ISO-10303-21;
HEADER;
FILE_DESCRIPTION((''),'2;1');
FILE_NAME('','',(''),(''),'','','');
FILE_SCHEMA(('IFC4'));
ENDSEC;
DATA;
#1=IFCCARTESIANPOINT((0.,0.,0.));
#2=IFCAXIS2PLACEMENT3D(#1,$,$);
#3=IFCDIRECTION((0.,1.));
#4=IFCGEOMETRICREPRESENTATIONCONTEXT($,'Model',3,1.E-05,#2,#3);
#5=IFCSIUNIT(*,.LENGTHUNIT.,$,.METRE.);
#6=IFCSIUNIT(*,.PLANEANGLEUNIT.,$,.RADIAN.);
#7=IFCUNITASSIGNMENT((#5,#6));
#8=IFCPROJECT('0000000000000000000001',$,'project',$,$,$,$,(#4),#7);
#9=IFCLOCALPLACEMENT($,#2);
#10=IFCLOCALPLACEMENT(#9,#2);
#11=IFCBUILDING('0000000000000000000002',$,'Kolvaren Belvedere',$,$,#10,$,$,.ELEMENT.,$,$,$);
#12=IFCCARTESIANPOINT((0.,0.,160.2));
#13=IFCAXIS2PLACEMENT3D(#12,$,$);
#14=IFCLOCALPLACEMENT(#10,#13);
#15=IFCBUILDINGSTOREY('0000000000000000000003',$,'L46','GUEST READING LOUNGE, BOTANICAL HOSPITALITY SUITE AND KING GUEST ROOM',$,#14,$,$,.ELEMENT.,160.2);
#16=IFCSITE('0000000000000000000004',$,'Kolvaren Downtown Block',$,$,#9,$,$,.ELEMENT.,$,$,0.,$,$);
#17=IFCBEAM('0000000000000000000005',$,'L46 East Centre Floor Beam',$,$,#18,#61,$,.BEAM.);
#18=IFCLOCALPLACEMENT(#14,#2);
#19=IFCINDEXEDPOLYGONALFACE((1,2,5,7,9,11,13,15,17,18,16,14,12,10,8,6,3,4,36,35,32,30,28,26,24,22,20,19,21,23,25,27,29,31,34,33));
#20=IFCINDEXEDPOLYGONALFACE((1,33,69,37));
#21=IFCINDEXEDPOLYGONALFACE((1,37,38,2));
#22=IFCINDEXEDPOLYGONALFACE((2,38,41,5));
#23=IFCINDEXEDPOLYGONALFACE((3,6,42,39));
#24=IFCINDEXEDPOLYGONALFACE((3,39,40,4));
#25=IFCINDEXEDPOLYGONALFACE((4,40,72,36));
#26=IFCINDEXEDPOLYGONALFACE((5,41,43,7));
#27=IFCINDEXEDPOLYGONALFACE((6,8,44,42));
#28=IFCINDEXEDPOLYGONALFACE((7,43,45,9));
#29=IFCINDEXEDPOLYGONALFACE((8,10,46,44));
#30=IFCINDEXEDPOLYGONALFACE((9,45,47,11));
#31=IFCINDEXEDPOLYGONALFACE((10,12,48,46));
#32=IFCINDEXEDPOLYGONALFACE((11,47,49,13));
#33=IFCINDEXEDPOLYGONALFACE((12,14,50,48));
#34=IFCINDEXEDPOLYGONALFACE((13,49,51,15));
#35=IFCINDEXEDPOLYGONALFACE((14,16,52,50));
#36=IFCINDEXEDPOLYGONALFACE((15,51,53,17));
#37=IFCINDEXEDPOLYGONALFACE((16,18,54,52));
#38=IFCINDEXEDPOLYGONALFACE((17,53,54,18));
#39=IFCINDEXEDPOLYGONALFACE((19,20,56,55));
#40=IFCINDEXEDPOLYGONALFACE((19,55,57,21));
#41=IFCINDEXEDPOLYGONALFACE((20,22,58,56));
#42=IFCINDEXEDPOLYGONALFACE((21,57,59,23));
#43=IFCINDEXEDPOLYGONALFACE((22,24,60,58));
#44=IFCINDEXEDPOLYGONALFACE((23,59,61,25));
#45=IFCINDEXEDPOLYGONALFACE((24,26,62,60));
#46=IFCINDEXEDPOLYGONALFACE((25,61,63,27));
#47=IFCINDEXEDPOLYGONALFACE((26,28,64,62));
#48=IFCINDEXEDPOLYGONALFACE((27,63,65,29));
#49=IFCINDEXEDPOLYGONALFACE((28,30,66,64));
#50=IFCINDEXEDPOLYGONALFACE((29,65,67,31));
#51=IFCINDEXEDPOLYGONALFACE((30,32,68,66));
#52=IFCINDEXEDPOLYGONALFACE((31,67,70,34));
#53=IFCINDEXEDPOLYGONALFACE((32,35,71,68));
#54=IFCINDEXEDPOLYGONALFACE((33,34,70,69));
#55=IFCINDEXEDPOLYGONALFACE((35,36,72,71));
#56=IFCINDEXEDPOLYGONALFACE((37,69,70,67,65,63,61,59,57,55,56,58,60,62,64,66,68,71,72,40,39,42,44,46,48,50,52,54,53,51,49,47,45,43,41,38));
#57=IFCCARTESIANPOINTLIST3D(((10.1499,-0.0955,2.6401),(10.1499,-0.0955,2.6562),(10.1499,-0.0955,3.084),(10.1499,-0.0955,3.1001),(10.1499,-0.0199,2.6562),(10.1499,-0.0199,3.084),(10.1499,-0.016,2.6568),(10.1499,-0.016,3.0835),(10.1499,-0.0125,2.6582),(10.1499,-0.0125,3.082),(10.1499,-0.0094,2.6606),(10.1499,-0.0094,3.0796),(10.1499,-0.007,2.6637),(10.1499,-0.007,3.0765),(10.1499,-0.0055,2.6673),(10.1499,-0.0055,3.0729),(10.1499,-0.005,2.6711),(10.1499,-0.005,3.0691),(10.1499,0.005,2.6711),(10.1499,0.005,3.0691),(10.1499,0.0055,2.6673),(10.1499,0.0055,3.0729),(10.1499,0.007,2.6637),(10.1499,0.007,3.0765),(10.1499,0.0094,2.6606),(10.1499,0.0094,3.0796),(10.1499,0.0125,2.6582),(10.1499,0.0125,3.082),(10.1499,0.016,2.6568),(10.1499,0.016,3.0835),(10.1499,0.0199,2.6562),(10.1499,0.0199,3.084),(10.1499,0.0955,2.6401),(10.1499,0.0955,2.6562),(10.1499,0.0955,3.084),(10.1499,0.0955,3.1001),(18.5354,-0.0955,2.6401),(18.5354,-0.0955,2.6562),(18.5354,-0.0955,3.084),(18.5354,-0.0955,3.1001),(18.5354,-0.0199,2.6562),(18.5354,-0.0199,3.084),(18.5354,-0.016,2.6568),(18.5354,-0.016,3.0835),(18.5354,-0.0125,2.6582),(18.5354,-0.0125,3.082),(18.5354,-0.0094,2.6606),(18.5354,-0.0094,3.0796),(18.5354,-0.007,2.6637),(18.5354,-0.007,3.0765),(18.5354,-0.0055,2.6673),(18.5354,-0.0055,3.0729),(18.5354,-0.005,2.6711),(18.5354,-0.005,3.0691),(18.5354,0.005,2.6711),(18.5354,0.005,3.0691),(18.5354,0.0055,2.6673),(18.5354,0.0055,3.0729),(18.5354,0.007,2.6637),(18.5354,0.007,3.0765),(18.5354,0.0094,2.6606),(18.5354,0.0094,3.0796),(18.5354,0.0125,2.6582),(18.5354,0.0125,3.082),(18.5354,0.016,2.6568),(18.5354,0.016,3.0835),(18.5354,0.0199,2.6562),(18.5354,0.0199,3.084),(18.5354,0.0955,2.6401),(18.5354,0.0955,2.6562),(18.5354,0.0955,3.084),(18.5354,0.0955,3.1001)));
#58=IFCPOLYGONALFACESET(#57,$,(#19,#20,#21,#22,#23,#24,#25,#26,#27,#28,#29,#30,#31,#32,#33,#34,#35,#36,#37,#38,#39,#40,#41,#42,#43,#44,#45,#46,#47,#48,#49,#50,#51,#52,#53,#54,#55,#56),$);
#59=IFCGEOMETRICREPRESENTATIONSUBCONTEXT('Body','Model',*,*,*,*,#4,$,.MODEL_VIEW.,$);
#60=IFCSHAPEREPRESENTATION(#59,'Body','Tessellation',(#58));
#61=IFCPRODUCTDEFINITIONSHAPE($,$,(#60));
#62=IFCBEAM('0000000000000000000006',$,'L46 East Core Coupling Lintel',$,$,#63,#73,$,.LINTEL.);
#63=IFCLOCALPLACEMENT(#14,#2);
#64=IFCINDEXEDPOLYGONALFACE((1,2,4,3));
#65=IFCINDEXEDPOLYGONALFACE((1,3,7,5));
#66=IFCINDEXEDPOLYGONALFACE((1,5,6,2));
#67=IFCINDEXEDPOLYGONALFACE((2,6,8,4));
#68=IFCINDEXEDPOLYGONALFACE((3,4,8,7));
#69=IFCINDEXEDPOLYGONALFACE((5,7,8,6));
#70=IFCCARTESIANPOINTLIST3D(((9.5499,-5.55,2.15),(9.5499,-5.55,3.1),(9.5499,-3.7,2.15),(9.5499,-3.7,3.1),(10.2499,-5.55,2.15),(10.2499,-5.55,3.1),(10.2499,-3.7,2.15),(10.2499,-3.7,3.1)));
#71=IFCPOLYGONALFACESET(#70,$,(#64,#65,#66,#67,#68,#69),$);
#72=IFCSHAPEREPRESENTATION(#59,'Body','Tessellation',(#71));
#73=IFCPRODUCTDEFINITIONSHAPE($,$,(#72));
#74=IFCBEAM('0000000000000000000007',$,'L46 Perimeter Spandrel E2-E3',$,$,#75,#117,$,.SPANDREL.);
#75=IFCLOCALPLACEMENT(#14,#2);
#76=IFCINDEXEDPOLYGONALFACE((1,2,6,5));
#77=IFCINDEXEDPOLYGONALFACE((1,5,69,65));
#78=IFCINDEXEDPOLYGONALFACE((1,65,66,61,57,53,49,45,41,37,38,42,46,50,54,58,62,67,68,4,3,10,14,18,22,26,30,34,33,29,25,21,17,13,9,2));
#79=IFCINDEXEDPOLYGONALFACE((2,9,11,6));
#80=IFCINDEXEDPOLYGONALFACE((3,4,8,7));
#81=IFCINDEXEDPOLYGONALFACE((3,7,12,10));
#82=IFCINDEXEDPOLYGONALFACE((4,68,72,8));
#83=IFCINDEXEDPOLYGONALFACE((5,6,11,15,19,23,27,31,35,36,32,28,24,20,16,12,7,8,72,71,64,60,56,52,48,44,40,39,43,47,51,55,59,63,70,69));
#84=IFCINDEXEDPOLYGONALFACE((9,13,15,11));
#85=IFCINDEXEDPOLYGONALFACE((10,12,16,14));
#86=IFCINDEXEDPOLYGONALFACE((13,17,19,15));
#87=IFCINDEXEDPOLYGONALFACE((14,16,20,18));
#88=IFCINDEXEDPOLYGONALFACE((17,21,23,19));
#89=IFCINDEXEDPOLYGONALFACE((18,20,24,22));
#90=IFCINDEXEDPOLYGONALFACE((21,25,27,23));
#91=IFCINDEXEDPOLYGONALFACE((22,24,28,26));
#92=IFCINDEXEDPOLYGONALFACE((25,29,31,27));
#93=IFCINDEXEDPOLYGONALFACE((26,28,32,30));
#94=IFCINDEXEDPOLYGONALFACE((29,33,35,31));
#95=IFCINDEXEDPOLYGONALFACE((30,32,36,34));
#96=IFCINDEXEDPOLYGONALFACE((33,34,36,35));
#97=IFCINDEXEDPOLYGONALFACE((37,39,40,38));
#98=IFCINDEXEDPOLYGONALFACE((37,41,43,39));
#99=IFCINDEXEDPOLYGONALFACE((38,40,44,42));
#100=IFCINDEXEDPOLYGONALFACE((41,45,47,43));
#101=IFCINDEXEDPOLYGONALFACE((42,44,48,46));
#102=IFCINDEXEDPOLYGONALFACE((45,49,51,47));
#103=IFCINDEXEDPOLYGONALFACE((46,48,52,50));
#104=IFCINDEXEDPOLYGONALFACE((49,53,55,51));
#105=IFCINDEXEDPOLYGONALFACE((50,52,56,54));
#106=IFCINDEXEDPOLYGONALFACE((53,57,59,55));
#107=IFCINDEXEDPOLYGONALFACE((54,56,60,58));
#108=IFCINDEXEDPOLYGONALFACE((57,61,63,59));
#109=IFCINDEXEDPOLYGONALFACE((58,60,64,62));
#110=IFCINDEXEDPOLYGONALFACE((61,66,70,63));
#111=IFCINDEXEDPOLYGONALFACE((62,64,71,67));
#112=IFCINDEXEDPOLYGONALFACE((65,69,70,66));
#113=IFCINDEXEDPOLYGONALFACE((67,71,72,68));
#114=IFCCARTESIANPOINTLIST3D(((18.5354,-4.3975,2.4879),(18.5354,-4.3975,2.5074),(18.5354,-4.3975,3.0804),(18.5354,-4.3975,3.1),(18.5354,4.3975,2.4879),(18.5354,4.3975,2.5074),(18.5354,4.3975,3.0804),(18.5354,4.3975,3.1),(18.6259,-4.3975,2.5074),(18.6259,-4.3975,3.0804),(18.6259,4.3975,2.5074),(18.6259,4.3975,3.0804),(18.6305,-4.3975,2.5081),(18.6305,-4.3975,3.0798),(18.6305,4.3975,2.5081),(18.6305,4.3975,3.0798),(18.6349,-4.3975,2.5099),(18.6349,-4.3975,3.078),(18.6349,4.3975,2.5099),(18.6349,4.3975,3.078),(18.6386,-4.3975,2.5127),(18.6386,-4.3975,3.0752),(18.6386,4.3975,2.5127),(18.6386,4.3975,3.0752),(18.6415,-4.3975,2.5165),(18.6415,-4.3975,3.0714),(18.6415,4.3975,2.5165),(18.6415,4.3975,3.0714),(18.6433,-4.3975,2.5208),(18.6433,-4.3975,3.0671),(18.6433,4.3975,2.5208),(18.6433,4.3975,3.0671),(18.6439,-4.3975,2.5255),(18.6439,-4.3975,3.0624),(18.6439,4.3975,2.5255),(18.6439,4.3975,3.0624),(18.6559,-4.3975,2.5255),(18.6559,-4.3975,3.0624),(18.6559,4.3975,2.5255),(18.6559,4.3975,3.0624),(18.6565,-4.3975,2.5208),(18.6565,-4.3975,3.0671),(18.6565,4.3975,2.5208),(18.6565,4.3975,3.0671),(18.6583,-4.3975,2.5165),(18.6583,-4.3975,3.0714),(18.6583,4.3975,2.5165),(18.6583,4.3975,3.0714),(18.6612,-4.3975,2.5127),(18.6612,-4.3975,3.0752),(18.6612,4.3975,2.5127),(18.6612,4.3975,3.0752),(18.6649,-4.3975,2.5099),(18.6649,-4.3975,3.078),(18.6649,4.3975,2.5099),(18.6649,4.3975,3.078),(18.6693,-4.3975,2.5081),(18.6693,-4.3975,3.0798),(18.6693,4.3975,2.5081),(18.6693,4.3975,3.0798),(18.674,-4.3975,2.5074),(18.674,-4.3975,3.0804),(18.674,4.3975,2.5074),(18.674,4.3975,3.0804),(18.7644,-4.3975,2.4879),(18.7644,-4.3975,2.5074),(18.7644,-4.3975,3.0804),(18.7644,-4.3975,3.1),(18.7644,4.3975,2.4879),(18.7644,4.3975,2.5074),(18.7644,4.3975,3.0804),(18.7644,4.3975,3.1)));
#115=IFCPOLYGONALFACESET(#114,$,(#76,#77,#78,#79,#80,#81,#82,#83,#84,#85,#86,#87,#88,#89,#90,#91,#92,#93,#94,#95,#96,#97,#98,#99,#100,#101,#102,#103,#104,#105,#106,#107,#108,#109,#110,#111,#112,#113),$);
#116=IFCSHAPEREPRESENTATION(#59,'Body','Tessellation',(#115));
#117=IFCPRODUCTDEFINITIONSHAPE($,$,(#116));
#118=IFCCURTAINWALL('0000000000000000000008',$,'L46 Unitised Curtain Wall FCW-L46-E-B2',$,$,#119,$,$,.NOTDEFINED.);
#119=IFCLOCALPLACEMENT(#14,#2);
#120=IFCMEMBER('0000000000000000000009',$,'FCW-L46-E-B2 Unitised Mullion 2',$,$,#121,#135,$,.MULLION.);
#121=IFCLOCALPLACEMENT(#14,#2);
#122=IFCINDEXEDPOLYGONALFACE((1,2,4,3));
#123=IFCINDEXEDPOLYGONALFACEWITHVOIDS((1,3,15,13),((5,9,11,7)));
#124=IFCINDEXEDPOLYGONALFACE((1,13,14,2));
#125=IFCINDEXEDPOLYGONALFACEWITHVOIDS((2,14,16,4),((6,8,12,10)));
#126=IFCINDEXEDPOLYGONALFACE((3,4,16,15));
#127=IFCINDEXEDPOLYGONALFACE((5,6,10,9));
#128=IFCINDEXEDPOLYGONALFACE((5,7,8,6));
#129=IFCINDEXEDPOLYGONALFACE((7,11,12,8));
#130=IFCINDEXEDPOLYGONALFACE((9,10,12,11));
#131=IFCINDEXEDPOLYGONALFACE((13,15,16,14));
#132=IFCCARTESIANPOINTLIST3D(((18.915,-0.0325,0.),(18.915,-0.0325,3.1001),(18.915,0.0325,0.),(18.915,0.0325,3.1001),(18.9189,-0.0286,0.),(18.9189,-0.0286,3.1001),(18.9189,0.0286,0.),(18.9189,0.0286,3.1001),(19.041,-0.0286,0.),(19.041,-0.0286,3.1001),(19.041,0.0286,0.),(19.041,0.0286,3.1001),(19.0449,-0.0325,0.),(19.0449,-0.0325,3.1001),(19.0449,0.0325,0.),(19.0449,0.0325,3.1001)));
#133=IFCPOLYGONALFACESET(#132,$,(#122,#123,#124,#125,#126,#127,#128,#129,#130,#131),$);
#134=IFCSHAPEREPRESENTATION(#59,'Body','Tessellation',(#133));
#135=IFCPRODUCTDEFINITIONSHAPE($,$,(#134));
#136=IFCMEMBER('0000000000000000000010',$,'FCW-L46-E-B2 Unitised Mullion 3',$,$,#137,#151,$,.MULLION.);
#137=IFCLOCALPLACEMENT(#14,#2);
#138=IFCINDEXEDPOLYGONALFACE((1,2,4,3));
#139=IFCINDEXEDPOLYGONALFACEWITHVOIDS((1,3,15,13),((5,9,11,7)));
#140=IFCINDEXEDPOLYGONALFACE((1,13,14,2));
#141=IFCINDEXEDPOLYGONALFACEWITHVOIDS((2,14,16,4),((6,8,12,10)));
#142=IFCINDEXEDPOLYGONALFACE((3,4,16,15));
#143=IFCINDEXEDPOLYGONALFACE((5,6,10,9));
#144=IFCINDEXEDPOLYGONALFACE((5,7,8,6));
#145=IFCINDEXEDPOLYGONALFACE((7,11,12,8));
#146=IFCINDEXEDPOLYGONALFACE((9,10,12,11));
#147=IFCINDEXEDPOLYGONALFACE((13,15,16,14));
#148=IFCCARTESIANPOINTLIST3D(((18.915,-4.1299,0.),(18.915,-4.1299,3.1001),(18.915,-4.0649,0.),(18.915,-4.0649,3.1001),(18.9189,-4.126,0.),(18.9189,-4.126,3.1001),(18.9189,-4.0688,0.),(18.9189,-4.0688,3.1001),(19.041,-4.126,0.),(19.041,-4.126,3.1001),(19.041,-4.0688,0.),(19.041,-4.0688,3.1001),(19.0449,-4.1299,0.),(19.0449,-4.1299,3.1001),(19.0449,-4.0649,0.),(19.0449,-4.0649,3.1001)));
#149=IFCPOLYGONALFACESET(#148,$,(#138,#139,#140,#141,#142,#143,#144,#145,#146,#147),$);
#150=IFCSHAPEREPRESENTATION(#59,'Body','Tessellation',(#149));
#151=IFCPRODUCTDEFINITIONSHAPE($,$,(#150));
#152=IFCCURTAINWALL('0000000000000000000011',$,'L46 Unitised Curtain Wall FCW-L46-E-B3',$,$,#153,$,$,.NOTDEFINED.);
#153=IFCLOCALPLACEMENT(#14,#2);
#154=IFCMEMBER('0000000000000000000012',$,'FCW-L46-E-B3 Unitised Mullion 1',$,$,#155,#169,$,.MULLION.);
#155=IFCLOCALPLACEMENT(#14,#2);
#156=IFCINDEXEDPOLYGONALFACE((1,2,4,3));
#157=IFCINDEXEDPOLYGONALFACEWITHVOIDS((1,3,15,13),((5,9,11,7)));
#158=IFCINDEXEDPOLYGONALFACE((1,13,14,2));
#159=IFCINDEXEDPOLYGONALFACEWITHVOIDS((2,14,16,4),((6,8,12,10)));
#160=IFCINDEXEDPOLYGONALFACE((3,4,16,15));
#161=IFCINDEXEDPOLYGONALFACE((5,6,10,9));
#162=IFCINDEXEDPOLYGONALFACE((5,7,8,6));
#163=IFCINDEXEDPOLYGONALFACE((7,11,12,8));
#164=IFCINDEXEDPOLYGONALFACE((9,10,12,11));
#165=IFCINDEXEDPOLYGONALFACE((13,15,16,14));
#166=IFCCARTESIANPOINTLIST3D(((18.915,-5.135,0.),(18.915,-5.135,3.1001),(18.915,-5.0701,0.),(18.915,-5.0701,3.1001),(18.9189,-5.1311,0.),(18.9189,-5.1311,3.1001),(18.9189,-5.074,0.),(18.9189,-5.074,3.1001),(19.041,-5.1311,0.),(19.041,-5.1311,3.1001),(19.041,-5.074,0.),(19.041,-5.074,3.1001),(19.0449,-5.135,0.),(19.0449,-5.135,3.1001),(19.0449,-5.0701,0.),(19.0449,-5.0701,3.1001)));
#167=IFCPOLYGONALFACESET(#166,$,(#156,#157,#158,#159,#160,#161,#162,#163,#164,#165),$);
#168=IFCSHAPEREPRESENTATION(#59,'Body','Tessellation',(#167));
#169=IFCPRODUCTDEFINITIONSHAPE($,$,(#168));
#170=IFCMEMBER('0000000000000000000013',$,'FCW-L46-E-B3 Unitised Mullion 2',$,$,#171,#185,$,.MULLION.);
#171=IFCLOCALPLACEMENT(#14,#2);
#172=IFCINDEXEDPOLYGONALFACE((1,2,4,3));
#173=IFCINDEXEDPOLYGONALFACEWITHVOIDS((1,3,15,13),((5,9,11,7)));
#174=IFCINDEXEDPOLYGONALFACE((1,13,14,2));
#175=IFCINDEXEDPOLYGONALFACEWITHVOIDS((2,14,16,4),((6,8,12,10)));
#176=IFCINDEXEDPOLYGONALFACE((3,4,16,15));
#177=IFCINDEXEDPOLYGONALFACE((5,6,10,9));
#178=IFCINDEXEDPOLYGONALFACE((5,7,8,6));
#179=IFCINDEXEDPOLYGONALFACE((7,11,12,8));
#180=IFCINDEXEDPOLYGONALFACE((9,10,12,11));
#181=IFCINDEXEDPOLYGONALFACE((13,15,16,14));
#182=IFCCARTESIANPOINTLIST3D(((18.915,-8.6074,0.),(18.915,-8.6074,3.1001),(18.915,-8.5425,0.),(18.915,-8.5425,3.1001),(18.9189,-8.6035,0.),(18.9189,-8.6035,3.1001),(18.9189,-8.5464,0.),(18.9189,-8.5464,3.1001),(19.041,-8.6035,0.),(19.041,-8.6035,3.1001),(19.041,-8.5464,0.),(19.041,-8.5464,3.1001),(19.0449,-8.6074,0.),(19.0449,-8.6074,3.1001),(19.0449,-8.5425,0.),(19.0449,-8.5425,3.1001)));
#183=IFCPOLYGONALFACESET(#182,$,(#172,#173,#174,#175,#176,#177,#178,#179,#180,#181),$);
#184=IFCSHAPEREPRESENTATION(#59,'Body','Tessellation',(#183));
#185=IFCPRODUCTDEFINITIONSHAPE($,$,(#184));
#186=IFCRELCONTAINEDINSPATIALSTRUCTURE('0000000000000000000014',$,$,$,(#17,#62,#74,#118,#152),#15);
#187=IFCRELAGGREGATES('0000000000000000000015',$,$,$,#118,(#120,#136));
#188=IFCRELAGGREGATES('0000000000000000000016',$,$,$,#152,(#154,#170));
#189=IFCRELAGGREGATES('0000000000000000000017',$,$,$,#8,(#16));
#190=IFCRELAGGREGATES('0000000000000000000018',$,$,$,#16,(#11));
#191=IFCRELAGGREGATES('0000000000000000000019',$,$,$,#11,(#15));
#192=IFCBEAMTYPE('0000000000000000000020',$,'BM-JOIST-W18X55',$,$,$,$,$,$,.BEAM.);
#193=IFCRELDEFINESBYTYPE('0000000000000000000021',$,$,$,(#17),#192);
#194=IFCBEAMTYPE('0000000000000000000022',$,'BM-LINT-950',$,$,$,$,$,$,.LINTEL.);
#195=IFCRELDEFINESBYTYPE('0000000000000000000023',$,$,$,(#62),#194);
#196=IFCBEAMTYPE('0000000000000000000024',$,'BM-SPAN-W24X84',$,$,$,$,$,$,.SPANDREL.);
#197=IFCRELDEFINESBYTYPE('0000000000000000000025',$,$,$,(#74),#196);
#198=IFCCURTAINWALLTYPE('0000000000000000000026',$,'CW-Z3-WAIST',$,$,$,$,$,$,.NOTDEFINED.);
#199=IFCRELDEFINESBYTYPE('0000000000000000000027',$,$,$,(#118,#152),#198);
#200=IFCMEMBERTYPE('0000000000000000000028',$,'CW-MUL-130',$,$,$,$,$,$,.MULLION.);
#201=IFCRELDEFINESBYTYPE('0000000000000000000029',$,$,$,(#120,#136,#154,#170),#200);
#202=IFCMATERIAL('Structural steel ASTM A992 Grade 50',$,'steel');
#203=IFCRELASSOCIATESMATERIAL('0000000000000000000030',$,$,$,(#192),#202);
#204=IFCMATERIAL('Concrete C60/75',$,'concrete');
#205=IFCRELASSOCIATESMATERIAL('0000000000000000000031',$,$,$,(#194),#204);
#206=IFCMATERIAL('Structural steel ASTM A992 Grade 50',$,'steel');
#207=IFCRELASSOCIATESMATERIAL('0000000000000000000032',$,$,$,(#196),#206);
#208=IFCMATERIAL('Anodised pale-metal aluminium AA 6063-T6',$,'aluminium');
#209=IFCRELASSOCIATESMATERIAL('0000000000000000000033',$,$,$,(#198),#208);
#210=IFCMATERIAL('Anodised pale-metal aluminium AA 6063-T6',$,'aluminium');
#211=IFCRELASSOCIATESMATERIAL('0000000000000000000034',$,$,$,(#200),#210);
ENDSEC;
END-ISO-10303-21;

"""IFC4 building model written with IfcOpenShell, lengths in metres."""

from ifc_helpers import new_model, si_unit, direction, frame, origin, origin_2d, place, context, subcontext, project, spatial, rectangle, hollow_rectangle, i_section, extrude, material, material_profile, profile_set, type_object, element, aggregate, save


model = new_model("IFC4")

# Units and contexts
model_context = context("Model", 3, precision=1e-05, world=origin(), true_north=direction((0.0, 1.0)))
body_context = subcontext(model_context, "Body", "Model", "MODEL_VIEW")
ifc_project = project(units=[si_unit("LENGTHUNIT", "METRE"), si_unit("PLANEANGLEUNIT", "RADIAN")], contexts=[model_context])

# Site, building, storey
site_placement = place(None, origin())
site = spatial("IfcSite", under=ifc_project, at=site_placement, Name="Kolvaren Downtown Block", CompositionType="ELEMENT", RefElevation=0.0)
building_placement = place(site_placement, origin())
building = spatial("IfcBuilding", under=site, at=building_placement, Name="Kolvaren Belvedere", CompositionType="ELEMENT")
storey_placement = place(building_placement, frame((0.0, 0.0, 160.2)))
storey = spatial("IfcBuildingStorey", under=building, at=storey_placement, Name="L46", Description="GUEST READING LOUNGE, BOTANICAL HOSPITALITY SUITE AND KING GUEST ROOM", CompositionType="ELEMENT", Elevation=160.2)

# Beams
ifc_material_1 = material(Name="Structural steel ASTM A992 Grade 50", Category="steel")
ifc_material_profile_1 = material_profile(ifc_material_1, i_section(OverallWidth=0.1909, OverallDepth=0.46, WebThickness=0.01, FlangeThickness=0.0161, FilletRadius=0.0149, at=origin_2d()), Name="W18X55")
ifc_profile_set_1 = profile_set([ifc_material_profile_1], Name="Structural steel ASTM A992 Grade 50")
beam_type_1 = type_object("IfcBeamType", Name="BM-JOIST-W18X55", PredefinedType="BEAM", material=ifc_profile_set_1)
beam_1_placement = place(storey_placement, frame((10.1499, 0.0, 2.8701), z_axis=(1.0, 0.0, 0.0), x_axis=(0.0, 1.0, 0.0)))
element("IfcBeam", 1, at=beam_1_placement, inside=storey, type_object=beam_type_1, Name="L46 East Centre Floor Beam", PredefinedType="BEAM", context=body_context, shape_type="SweptSolid", body=[
    extrude(i_section(OverallWidth=0.1909, OverallDepth=0.46, WebThickness=0.01, FlangeThickness=0.0161, FilletRadius=0.0149, at=origin_2d()), origin(), (0.0, 0.0, 1.0), 8.3855),
])
ifc_material_2 = material(Name="Concrete C60/75", Category="concrete")
ifc_material_profile_2 = material_profile(ifc_material_2, rectangle(XDim=0.7, YDim=0.95, at=origin_2d()), Name="RC 700X950")
ifc_profile_set_2 = profile_set([ifc_material_profile_2], Name="Concrete C60/75")
beam_type_2 = type_object("IfcBeamType", Name="BM-LINT-950", PredefinedType="LINTEL", material=ifc_profile_set_2)
beam_2_placement = place(storey_placement, frame((9.8999, -5.55, 2.625), z_axis=(0.0, 1.0, 0.0), x_axis=(-1.0, 0.0, 0.0)))
element("IfcBeam", 2, at=beam_2_placement, inside=storey, type_object=beam_type_2, Name="L46 East Core Coupling Lintel", PredefinedType="LINTEL", context=body_context, shape_type="SweptSolid", body=[
    extrude(rectangle(XDim=0.7, YDim=0.95, at=origin_2d()), origin(), (0.0, 0.0, 1.0), 1.8501),
])
ifc_material_3 = material(Name="Structural steel ASTM A992 Grade 50", Category="steel")
ifc_material_profile_3 = material_profile(ifc_material_3, i_section(OverallWidth=0.229, OverallDepth=0.6121, WebThickness=0.012, FlangeThickness=0.0195, FilletRadius=0.0181, at=origin_2d()), Name="W24X84")
ifc_profile_set_3 = profile_set([ifc_material_profile_3], Name="Structural steel ASTM A992 Grade 50")
beam_type_3 = type_object("IfcBeamType", Name="BM-SPAN-W24X84", PredefinedType="SPANDREL", material=ifc_profile_set_3)
beam_3_placement = place(storey_placement, frame((18.6499, -4.3975, 2.7939), z_axis=(0.0, 1.0, 0.0), x_axis=(-1.0, 0.0, 0.0)))
element("IfcBeam", 3, at=beam_3_placement, inside=storey, type_object=beam_type_3, Name="L46 Perimeter Spandrel E2-E3", PredefinedType="SPANDREL", context=body_context, shape_type="SweptSolid", body=[
    extrude(i_section(OverallWidth=0.229, OverallDepth=0.6121, WebThickness=0.012, FlangeThickness=0.0195, FilletRadius=0.0181, at=origin_2d()), origin(), (0.0, 0.0, 1.0), 8.7949),
])

# Curtain walls, members
ifc_material_4 = material(Name="Anodised pale-metal aluminium AA 6063-T6", Category="aluminium")
curtain_wall_type = type_object("IfcCurtainWallType", Name="CW-Z3-WAIST", PredefinedType="NOTDEFINED", material=ifc_material_4)
curtain_wall_1_placement = place(storey_placement, origin())
curtain_wall_1 = element("IfcCurtainWall", 4, at=curtain_wall_1_placement, inside=storey, type_object=curtain_wall_type, Name="L46 Unitised Curtain Wall FCW-L46-E-B2", PredefinedType="NOTDEFINED")
ifc_material_5 = material(Name="Anodised pale-metal aluminium AA 6063-T6", Category="aluminium")
ifc_material_profile_4 = material_profile(ifc_material_5, hollow_rectangle(XDim=0.0649, YDim=0.1299, WallThickness=0.0039, at=origin_2d()), Name="ALU-MUL-130X65")
ifc_profile_set_4 = profile_set([ifc_material_profile_4], Name="Anodised pale-metal aluminium AA 6063-T6")
member_type_1 = type_object("IfcMemberType", Name="CW-MUL-130", PredefinedType="MULLION", material=ifc_profile_set_4)
member_1_placement = place(storey_placement, frame((18.98, 0.0, 0.0), z_axis=(0.0, 0.0, 1.0), x_axis=(0.0, 1.0, 0.0)))
member_1 = element("IfcMember", 5, at=member_1_placement, type_object=member_type_1, Name="FCW-L46-E-B2 Unitised Mullion 2", PredefinedType="MULLION", context=body_context, shape_type="SweptSolid", body=[
    extrude(hollow_rectangle(XDim=0.0649, YDim=0.1299, WallThickness=0.0039, at=origin_2d()), origin(), (0.0, 0.0, 1.0), 3.1001),
])
member_2_placement = place(storey_placement, frame((18.98, -4.0974, 0.0), z_axis=(0.0, 0.0, 1.0), x_axis=(0.0, 1.0, 0.0)))
member_2 = element("IfcMember", 6, at=member_2_placement, type_object=member_type_1, Name="FCW-L46-E-B2 Unitised Mullion 3", PredefinedType="MULLION", context=body_context, shape_type="SweptSolid", body=[
    extrude(hollow_rectangle(XDim=0.0649, YDim=0.1299, WallThickness=0.0039, at=origin_2d()), origin(), (0.0, 0.0, 1.0), 3.1001),
])
curtain_wall_2_placement = place(storey_placement, origin())
curtain_wall_2 = element("IfcCurtainWall", 7, at=curtain_wall_2_placement, inside=storey, type_object=curtain_wall_type, Name="L46 Unitised Curtain Wall FCW-L46-E-B3", PredefinedType="NOTDEFINED")
member_3_placement = place(storey_placement, frame((18.98, -5.1025, 0.0), z_axis=(0.0, 0.0, 1.0), x_axis=(0.0, 1.0, 0.0)))
member_3 = element("IfcMember", 8, at=member_3_placement, type_object=member_type_1, Name="FCW-L46-E-B3 Unitised Mullion 1", PredefinedType="MULLION", context=body_context, shape_type="SweptSolid", body=[
    extrude(hollow_rectangle(XDim=0.0649, YDim=0.1299, WallThickness=0.0039, at=origin_2d()), origin(), (0.0, 0.0, 1.0), 3.1001),
])
member_4_placement = place(storey_placement, frame((18.98, -8.575, 0.0), z_axis=(0.0, 0.0, 1.0), x_axis=(0.0, 1.0, 0.0)))
member_4 = element("IfcMember", 9, at=member_4_placement, type_object=member_type_1, Name="FCW-L46-E-B3 Unitised Mullion 2", PredefinedType="MULLION", context=body_context, shape_type="SweptSolid", body=[
    extrude(hollow_rectangle(XDim=0.0649, YDim=0.1299, WallThickness=0.0039, at=origin_2d()), origin(), (0.0, 0.0, 1.0), 3.1001),
])

aggregate(curtain_wall_1, [member_1, member_2])
aggregate(curtain_wall_2, [member_3, member_4])

save(model, "model.ifc")
